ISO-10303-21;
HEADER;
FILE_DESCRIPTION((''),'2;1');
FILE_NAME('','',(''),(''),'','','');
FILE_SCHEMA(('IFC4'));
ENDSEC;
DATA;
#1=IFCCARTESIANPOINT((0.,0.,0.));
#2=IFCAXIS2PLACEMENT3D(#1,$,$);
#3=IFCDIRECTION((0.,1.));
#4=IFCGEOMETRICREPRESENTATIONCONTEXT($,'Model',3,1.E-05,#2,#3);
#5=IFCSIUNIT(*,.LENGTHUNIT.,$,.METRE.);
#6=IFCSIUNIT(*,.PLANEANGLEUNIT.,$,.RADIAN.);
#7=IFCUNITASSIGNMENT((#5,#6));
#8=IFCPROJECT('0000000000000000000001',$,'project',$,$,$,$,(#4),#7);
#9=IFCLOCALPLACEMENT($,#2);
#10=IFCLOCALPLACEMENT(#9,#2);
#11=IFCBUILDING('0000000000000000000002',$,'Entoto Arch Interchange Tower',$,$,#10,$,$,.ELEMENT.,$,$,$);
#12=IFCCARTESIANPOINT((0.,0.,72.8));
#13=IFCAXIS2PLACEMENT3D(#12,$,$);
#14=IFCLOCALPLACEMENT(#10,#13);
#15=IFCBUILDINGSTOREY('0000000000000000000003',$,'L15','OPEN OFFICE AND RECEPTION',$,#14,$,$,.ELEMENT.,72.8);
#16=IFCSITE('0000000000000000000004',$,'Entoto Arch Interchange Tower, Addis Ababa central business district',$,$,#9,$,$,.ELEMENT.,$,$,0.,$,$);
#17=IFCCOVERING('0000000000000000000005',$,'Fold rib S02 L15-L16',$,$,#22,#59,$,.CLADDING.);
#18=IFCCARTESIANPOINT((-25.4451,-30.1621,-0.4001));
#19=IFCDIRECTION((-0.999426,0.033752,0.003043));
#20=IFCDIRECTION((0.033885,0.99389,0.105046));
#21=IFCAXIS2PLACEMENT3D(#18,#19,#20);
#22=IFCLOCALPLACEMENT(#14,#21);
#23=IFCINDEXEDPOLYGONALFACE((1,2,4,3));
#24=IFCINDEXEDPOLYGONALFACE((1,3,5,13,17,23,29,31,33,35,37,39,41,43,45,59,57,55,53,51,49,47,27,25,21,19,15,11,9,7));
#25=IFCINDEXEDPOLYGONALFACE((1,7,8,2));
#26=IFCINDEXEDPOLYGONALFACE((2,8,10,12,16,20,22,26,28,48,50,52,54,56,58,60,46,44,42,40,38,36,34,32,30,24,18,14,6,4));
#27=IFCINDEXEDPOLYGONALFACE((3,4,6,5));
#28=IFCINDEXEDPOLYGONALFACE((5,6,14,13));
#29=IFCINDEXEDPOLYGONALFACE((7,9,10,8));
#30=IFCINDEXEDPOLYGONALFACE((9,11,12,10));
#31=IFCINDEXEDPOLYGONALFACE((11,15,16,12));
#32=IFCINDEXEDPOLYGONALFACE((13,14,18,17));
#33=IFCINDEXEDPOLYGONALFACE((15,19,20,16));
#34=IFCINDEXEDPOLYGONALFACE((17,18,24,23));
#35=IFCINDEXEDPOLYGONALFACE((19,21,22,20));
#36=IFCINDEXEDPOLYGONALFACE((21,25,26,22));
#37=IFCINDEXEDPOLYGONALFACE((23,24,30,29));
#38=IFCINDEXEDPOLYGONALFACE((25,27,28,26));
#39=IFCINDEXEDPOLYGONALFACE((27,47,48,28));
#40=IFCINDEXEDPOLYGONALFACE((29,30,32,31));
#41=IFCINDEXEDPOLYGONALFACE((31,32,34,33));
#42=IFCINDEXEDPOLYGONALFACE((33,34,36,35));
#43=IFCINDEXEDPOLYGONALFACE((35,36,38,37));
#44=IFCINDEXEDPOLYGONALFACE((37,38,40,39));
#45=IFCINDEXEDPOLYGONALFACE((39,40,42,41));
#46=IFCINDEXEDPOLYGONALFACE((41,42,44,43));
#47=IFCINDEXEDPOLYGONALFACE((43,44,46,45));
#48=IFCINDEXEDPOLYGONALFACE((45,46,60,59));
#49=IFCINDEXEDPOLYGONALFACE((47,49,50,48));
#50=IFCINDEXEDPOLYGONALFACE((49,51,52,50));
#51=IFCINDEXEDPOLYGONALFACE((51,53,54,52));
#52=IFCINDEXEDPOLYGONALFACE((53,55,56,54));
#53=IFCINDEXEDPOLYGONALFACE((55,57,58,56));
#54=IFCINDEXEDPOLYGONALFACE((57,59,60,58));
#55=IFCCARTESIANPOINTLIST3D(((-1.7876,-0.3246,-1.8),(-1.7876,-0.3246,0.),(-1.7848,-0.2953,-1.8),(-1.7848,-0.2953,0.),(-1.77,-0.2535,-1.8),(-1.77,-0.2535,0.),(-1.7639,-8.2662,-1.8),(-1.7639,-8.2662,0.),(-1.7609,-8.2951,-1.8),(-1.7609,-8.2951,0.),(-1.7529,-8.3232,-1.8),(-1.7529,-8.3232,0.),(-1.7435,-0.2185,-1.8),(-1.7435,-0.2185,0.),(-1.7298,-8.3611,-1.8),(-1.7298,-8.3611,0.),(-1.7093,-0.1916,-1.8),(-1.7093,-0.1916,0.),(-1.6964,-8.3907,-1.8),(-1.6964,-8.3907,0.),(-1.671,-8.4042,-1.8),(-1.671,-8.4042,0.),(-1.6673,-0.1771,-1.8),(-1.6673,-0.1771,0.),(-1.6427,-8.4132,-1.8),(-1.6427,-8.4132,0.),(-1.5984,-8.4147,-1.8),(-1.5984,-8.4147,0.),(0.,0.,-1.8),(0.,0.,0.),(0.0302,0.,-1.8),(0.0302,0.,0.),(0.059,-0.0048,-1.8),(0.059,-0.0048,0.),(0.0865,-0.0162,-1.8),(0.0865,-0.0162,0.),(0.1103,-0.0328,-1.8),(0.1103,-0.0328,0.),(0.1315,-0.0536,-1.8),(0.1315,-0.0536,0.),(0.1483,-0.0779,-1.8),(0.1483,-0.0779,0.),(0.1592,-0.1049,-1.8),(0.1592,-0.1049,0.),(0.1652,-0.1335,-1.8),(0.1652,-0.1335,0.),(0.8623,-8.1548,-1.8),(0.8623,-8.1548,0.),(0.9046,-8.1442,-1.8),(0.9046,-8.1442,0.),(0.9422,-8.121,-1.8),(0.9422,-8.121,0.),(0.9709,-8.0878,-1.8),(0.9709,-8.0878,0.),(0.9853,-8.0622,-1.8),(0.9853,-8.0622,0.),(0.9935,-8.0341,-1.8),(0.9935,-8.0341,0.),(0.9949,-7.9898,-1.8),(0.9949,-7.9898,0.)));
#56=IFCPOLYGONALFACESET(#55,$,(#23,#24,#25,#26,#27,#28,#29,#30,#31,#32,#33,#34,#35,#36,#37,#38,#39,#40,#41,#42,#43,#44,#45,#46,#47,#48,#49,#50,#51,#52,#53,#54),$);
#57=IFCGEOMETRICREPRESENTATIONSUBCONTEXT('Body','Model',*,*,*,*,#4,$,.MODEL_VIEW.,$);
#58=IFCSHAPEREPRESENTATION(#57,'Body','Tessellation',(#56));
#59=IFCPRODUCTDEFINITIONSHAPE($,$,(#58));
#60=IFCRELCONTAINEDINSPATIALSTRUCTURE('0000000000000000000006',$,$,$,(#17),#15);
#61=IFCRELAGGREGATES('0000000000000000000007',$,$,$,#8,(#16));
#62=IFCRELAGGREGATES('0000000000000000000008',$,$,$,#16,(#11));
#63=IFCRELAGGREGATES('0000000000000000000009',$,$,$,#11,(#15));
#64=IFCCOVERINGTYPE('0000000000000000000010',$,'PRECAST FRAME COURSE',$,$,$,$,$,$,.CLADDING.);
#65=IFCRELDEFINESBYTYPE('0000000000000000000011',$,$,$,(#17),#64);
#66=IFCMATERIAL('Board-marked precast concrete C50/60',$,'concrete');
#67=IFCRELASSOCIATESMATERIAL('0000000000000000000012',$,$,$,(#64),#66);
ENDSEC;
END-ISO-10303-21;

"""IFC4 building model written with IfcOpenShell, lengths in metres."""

from ifc_helpers import new_model, si_unit, direction, frame, origin, place, context, subcontext, project, spatial, polyline, outline, extrude, material, type_object, element, save


model = new_model("IFC4")

# Units and contexts
model_context = context("Model", 3, precision=1e-05, world=origin(), true_north=direction((0.0, 1.0)))
body_context = subcontext(model_context, "Body", "Model", "MODEL_VIEW")
ifc_project = project(units=[si_unit("LENGTHUNIT", "METRE"), si_unit("PLANEANGLEUNIT", "RADIAN")], contexts=[model_context])

# Site, building, storey
site_placement = place(None, origin())
site = spatial("IfcSite", under=ifc_project, at=site_placement, Name="Entoto Arch Interchange Tower, Addis Ababa central business district", CompositionType="ELEMENT", RefElevation=0.0)
building_placement = place(site_placement, origin())
building = spatial("IfcBuilding", under=site, at=building_placement, Name="Entoto Arch Interchange Tower", CompositionType="ELEMENT")
storey_placement = place(building_placement, frame((0.0, 0.0, 72.8)))
storey = spatial("IfcBuildingStorey", under=building, at=storey_placement, Name="L15", Description="OPEN OFFICE AND RECEPTION", CompositionType="ELEMENT", Elevation=72.8)

# Covering
ifc_material_1 = material(Name="Board-marked precast concrete C50/60", Category="concrete")
covering_type = type_object("IfcCoveringType", Name="PRECAST FRAME COURSE", PredefinedType="CLADDING", material=ifc_material_1)
covering_placement = place(storey_placement, frame((-25.4451, -30.1621, -0.4001), z_axis=(-0.999426, 0.033752, 0.003043), x_axis=(0.033885, 0.99389, 0.105046)))
element("IfcCovering", 1, at=covering_placement, inside=storey, type_object=covering_type, Name="Fold rib S02 L15-L16", PredefinedType="CLADDING", context=body_context, shape_type="SweptSolid", body=[
    extrude(outline(polyline([(0.0, 0.0), (0.0302, 0.0), (0.059, -0.0048), (0.0865, -0.0162), (0.1103, -0.0328), (0.1315, -0.0536), (0.1483, -0.0779), (0.1592, -0.1049), (0.1652, -0.1335), (0.9949, -7.9898), (0.9935, -8.0341), (0.9853, -8.0622), (0.9709, -8.0878), (0.9422, -8.121), (0.9046, -8.1442), (0.8623, -8.1548), (-1.5984, -8.4147), (-1.6427, -8.4132), (-1.671, -8.4042), (-1.6964, -8.3907), (-1.7298, -8.3611), (-1.7529, -8.3232), (-1.7609, -8.2951), (-1.7639, -8.2662), (-1.7876, -0.3246), (-1.7848, -0.2953), (-1.77, -0.2535), (-1.7435, -0.2185), (-1.7093, -0.1916), (-1.6673, -0.1771), (0.0, 0.0)])), origin(), (0.0, 0.0, -1.0), 1.8),
])

save(model, "model.ifc")
